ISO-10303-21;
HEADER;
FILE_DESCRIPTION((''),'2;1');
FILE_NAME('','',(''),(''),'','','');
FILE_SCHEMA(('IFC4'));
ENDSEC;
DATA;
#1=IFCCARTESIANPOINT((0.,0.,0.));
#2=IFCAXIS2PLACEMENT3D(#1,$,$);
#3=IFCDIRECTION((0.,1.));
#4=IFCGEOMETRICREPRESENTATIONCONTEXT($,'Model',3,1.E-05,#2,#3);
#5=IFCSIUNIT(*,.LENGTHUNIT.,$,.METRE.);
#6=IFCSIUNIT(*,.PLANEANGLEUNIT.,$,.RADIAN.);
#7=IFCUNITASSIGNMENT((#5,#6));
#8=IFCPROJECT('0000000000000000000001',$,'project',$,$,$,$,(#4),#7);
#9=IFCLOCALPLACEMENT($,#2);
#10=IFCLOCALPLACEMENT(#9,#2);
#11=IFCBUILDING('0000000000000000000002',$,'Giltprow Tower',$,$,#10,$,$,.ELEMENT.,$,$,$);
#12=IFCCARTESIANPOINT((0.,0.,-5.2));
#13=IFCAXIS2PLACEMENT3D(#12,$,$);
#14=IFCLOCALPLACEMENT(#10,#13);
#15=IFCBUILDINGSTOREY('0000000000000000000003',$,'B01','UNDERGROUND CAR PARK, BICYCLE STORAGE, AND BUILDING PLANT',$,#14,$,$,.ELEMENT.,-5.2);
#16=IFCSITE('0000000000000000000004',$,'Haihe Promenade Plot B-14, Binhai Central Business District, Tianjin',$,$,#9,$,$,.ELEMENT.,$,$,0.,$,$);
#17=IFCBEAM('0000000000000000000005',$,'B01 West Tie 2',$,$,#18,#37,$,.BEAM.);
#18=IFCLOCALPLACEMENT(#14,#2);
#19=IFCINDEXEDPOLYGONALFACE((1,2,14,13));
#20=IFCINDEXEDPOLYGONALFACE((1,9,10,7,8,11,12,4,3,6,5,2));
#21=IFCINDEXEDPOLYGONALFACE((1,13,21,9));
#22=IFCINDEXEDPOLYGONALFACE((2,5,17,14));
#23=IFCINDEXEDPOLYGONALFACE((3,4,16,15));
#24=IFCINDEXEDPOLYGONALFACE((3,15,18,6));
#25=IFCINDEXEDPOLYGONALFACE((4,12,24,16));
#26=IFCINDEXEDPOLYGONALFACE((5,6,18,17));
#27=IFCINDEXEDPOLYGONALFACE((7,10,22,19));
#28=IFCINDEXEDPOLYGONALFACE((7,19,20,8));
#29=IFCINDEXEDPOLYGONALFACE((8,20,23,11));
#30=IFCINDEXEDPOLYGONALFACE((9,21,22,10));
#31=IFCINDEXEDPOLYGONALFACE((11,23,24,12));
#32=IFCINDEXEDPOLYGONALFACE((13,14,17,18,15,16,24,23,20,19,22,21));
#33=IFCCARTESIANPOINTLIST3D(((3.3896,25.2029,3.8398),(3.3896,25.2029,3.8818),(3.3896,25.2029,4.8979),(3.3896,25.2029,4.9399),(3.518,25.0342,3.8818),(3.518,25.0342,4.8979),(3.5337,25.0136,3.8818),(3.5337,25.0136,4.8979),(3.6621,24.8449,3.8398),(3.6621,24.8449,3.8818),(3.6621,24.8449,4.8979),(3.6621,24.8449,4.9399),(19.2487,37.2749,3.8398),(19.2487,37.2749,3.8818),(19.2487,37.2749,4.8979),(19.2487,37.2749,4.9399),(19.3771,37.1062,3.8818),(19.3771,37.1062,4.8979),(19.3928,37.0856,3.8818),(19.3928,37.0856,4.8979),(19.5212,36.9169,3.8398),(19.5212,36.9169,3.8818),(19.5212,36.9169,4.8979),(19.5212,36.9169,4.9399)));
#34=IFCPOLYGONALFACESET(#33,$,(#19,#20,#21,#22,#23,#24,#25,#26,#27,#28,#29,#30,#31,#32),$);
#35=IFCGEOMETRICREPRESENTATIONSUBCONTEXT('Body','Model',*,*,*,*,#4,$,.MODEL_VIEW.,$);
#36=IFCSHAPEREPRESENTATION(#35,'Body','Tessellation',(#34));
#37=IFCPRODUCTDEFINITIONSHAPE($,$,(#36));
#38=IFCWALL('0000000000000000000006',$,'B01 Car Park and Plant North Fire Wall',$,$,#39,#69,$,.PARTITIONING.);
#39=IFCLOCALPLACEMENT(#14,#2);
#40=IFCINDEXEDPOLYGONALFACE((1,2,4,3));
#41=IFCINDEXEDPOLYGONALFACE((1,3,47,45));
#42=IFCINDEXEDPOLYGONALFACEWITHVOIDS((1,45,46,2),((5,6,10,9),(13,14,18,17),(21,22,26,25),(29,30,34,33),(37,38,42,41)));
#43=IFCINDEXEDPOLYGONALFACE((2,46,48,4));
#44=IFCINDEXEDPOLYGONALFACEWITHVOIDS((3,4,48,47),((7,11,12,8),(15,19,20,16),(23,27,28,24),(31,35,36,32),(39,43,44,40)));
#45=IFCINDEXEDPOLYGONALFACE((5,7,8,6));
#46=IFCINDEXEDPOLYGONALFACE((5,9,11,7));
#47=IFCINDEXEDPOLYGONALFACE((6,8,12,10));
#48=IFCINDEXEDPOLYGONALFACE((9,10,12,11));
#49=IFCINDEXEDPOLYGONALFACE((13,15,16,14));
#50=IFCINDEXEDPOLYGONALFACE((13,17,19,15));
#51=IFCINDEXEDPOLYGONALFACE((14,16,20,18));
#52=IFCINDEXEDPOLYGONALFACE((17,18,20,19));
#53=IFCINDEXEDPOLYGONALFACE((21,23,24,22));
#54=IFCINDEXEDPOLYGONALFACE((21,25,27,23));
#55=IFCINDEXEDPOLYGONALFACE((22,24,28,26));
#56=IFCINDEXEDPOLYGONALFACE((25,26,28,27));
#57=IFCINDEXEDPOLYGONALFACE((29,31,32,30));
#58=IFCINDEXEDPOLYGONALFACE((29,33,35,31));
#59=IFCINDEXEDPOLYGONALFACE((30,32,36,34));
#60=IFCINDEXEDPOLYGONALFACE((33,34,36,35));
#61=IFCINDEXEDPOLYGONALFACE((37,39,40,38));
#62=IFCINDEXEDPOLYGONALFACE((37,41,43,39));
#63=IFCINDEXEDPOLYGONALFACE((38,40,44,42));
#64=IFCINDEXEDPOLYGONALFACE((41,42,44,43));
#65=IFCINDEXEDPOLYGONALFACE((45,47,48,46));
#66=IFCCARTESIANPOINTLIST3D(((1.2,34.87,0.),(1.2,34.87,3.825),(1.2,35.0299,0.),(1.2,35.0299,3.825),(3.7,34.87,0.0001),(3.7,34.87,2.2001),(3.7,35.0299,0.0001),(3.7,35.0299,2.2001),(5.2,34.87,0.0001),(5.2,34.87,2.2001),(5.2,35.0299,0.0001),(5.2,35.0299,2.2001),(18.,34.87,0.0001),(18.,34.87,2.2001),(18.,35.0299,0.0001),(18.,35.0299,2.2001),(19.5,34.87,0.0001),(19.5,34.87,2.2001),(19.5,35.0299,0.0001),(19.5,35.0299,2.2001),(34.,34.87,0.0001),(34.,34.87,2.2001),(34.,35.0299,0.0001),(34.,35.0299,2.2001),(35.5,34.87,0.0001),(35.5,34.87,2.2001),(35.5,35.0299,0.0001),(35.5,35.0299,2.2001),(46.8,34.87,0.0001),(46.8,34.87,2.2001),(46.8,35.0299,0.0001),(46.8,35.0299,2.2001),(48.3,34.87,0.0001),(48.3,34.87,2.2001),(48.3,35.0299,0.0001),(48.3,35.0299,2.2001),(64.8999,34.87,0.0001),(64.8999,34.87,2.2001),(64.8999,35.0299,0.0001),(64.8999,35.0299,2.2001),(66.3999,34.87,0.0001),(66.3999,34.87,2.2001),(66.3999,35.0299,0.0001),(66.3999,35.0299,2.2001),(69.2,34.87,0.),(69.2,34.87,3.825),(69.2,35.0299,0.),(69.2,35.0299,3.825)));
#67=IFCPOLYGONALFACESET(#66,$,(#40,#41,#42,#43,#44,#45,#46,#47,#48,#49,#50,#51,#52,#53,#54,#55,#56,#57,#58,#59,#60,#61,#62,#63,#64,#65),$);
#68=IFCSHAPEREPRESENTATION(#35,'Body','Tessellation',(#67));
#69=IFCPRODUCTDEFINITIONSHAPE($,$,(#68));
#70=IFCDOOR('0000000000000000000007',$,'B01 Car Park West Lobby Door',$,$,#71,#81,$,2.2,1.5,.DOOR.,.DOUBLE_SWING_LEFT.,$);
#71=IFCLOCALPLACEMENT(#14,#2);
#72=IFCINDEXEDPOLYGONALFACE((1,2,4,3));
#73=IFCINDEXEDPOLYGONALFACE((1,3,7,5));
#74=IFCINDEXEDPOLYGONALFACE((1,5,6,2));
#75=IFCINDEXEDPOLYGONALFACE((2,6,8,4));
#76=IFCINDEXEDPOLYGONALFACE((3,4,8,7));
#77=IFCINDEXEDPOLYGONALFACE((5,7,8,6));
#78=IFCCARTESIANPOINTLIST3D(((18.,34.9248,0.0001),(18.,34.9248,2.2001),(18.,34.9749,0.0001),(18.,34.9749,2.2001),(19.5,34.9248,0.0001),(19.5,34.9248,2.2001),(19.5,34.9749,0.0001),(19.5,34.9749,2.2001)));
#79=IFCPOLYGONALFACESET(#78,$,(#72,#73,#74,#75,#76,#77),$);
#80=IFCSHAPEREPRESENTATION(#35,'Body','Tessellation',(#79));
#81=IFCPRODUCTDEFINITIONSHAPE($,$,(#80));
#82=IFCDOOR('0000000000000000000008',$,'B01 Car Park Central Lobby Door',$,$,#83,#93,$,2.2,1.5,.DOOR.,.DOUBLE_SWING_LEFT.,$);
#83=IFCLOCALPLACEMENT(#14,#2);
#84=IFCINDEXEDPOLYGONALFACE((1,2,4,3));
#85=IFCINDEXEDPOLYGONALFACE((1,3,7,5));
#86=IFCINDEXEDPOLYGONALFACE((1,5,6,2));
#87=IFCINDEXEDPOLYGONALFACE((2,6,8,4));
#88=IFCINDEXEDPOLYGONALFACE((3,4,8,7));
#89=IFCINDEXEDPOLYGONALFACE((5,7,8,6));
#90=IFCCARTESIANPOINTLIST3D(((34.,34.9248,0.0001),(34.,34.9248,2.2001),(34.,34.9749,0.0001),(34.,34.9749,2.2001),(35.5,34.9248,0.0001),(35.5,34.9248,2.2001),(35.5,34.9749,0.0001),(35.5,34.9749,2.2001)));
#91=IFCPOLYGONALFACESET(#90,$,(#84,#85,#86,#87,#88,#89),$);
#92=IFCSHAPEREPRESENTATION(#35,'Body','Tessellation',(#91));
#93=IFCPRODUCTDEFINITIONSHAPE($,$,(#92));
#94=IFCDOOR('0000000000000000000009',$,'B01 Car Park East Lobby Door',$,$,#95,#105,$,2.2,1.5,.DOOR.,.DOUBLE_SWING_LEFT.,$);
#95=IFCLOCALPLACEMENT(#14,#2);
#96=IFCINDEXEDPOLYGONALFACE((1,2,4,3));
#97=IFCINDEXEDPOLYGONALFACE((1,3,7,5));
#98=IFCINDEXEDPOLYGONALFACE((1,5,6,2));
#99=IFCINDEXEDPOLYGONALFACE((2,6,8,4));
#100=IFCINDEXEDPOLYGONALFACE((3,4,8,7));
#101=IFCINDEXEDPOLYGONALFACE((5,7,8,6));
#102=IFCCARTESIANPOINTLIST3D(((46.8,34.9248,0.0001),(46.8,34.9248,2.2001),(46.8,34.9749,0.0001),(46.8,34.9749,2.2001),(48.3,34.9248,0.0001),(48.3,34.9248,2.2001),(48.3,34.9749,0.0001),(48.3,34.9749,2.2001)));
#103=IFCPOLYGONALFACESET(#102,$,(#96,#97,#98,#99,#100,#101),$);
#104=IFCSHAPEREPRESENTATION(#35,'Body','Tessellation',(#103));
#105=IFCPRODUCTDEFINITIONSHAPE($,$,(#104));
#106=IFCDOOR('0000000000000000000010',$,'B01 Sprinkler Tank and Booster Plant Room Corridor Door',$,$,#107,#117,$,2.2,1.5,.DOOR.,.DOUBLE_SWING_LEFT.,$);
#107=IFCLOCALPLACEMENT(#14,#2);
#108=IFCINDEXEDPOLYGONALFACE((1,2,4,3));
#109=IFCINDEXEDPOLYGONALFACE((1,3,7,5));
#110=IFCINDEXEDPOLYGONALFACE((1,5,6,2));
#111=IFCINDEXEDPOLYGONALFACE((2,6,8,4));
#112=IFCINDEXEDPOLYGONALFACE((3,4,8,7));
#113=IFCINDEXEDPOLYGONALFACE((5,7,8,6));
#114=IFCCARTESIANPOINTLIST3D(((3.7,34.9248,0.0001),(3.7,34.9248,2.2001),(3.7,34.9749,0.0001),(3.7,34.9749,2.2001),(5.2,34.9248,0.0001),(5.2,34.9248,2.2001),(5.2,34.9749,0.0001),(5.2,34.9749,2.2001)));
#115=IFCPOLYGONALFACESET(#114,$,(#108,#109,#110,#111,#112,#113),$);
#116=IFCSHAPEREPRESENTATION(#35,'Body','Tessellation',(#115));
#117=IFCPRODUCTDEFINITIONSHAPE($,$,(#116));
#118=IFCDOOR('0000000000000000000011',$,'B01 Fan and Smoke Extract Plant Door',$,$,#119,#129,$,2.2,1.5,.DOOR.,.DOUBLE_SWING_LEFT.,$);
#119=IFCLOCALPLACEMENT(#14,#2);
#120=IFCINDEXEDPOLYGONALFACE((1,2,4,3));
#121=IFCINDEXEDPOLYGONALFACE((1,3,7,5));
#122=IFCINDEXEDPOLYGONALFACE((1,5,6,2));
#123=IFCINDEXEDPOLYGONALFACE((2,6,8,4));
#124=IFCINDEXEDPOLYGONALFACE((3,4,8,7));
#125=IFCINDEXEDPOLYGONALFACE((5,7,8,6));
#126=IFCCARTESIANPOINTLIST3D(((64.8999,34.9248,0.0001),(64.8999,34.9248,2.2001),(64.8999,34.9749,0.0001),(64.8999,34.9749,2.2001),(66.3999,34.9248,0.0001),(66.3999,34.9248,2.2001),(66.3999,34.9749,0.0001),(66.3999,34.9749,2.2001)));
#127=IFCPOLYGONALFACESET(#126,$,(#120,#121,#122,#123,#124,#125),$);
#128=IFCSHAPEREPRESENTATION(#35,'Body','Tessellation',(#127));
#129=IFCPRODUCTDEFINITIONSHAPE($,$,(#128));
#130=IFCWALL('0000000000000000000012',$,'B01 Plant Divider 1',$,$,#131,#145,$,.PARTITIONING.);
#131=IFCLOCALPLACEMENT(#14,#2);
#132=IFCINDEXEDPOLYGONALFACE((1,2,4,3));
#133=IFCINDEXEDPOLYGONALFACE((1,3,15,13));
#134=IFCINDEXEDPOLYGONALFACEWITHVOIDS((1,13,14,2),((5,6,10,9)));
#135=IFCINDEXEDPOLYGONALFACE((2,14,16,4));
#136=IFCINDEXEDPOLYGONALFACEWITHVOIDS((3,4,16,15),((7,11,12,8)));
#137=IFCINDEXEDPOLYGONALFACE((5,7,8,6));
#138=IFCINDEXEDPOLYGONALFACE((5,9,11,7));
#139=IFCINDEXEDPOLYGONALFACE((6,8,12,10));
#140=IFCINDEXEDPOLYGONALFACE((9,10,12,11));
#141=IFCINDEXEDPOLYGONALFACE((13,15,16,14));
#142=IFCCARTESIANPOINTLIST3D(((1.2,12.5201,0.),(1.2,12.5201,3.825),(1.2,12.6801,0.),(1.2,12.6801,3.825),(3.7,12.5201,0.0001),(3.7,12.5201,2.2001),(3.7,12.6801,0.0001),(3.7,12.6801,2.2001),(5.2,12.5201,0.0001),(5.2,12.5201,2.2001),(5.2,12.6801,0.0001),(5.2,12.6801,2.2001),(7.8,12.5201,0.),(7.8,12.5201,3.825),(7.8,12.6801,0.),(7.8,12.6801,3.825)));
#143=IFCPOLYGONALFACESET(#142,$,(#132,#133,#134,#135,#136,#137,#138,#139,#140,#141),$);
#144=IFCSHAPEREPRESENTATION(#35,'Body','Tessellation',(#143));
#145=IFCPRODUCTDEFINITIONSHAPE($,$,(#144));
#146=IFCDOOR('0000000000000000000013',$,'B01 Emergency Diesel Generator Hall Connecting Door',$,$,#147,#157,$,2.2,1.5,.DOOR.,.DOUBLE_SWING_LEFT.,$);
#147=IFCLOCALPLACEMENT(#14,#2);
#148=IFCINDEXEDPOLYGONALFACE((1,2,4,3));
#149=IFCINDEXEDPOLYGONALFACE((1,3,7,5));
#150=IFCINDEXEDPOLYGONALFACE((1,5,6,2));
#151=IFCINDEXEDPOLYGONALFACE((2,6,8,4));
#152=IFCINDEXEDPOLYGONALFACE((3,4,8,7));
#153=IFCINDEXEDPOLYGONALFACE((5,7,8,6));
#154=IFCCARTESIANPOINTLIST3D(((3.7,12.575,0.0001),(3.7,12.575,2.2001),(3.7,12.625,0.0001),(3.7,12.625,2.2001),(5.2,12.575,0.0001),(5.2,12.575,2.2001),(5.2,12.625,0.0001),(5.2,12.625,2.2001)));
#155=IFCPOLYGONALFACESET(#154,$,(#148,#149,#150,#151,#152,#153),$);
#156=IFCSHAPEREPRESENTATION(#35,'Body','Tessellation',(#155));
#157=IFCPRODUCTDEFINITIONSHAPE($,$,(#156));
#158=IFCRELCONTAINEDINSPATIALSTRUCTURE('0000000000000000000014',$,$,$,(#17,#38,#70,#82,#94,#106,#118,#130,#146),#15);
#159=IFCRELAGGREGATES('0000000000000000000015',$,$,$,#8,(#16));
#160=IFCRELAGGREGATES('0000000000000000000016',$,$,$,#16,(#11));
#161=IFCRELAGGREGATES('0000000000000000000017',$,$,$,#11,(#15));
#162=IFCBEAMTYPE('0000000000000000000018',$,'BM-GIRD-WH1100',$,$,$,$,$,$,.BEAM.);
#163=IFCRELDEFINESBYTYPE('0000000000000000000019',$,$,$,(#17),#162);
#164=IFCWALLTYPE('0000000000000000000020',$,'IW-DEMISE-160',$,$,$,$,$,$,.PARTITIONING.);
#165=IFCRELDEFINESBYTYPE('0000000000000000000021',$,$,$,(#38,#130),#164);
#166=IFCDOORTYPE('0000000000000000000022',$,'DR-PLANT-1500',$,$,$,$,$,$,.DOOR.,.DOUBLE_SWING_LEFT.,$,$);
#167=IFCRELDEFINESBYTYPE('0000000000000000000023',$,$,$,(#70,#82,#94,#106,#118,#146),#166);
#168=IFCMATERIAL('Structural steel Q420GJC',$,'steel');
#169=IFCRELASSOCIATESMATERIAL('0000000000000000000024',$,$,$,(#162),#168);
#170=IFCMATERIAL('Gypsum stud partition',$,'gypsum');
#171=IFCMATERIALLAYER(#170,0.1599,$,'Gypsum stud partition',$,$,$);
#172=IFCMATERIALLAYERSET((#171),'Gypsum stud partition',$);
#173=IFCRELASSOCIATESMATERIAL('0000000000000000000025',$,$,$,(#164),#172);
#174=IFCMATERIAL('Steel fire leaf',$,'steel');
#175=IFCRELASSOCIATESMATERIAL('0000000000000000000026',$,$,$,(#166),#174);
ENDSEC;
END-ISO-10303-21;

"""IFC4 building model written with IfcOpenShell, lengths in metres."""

from ifc_helpers import new_model, si_unit, direction, frame, frame_2d, origin, origin_2d, place, context, subcontext, project, spatial, rectangle, i_section, extrude, source, transform, mapped, material, layer, layer_set, material_profile, profile_set, type_object, element, fill, save


model = new_model("IFC4")

# Units and contexts
model_context = context("Model", 3, precision=1e-05, world=origin(), true_north=direction((0.0, 1.0)))
body_context = subcontext(model_context, "Body", "Model", "MODEL_VIEW")
ifc_project = project(units=[si_unit("LENGTHUNIT", "METRE"), si_unit("PLANEANGLEUNIT", "RADIAN")], contexts=[model_context])

# Site, building, storey
site_placement = place(None, origin())
site = spatial("IfcSite", under=ifc_project, at=site_placement, Name="Haihe Promenade Plot B-14, Binhai Central Business District, Tianjin", CompositionType="ELEMENT", RefElevation=0.0)
building_placement = place(site_placement, origin())
building = spatial("IfcBuilding", under=site, at=building_placement, Name="Giltprow Tower", CompositionType="ELEMENT")
storey_placement = place(building_placement, frame((0.0, 0.0, -5.2)))
storey = spatial("IfcBuildingStorey", under=building, at=storey_placement, Name="B01", Description="UNDERGROUND CAR PARK, BICYCLE STORAGE, AND BUILDING PLANT", CompositionType="ELEMENT", Elevation=-5.2)

# Shared definitions
ifc_material_1 = material(Name="Structural steel Q420GJC", Category="steel")

# Beam
ifc_material_profile_1 = material_profile(ifc_material_1, i_section(OverallWidth=0.45, OverallDepth=1.1001, WebThickness=0.0259, FlangeThickness=0.042, at=origin_2d()), Name="WH 1100x450x26x42")
ifc_profile_set_1 = profile_set([ifc_material_profile_1], Name="Structural steel Q420GJC")
beam_type = type_object("IfcBeamType", Name="BM-GIRD-WH1100", PredefinedType="BEAM", material=ifc_profile_set_1)
shared_shape_1 = source(origin(), body_context, "Body", "SweptSolid", [
    extrude(i_section(OverallWidth=0.45, OverallDepth=1.1001, WebThickness=0.0259, FlangeThickness=0.042, at=origin_2d()), origin(), (0.0, 0.0, 1.0), 19.9309),
])
beam_1_placement = place(storey_placement, frame((3.5259, 25.0239, 4.3899), z_axis=(0.795701, 0.60569, 0.0), x_axis=(-0.60569, 0.795701, 0.0)))
element("IfcBeam", 1, at=beam_1_placement, inside=storey, type_object=beam_type, Name="B01 West Tie 2", PredefinedType="BEAM", context=body_context, shape_type="MappedRepresentation", body=[
    mapped(shared_shape_1, transform((0.0, 0.0, 0.0), x_axis=(1.0, 0.0, 0.0), y_axis=(0.0, 1.0, 0.0), z_axis=(0.0, 0.0, 1.0), scale=1.0)),
])

# Wall, openings, doors
ifc_material_2 = material(Name="Gypsum stud partition", Category="gypsum")
ifc_layer = layer(ifc_material_2, 0.1599, Name="Gypsum stud partition")
ifc_layer_set = layer_set([ifc_layer], Name="Gypsum stud partition")
wall_type = type_object("IfcWallType", Name="IW-DEMISE-160", PredefinedType="PARTITIONING", material=ifc_layer_set)
wall_1_placement = place(storey_placement, frame((1.2, 34.95, 0.0), z_axis=(0.0, 0.0, 1.0), x_axis=(1.0, 0.0, 0.0)))
wall_1 = element("IfcWall", 2, at=wall_1_placement, inside=storey, type_object=wall_type, Name="B01 Car Park and Plant North Fire Wall", PredefinedType="PARTITIONING", context=body_context, shape_type="SweptSolid", body=[
    extrude(rectangle(XDim=68.0, YDim=0.1599, at=frame_2d((34.0, 0.0))), origin(), (0.0, 0.0, 1.0), 3.825),
])
opening_1_placement = place(wall_1_placement, frame((16.8, 0.0, 0.0)))
opening_1 = element("IfcOpeningElement", 3, at=opening_1_placement, cuts=wall_1, PredefinedType="OPENING", context=body_context, shape_type="SweptSolid", body=[
    extrude(rectangle(XDim=1.5, YDim=2.2, at=frame_2d((0.75, 1.1001))), frame((0.0, 0.0898, 0.0), z_axis=(0.0, -1.0, 0.0), x_axis=(1.0, 0.0, 0.0)), (0.0, 0.0, 1.0), 0.1799),
])
opening_2_placement = place(wall_1_placement, frame((32.8, 0.0, 0.0)))
opening_2 = element("IfcOpeningElement", 4, at=opening_2_placement, cuts=wall_1, PredefinedType="OPENING", context=body_context, shape_type="SweptSolid", body=[
    extrude(rectangle(XDim=1.5, YDim=2.2, at=frame_2d((0.75, 1.1001))), frame((0.0, 0.0898, 0.0), z_axis=(0.0, -1.0, 0.0), x_axis=(1.0, 0.0, 0.0)), (0.0, 0.0, 1.0), 0.1799),
])
opening_3_placement = place(wall_1_placement, frame((45.6001, 0.0, 0.0)))
opening_3 = element("IfcOpeningElement", 5, at=opening_3_placement, cuts=wall_1, PredefinedType="OPENING", context=body_context, shape_type="SweptSolid", body=[
    extrude(rectangle(XDim=1.5, YDim=2.2, at=frame_2d((0.75, 1.1001))), frame((0.0, 0.0898, 0.0), z_axis=(0.0, -1.0, 0.0), x_axis=(1.0, 0.0, 0.0)), (0.0, 0.0, 1.0), 0.1799),
])
opening_4_placement = place(wall_1_placement, frame((2.5, 0.0, 0.0)))
opening_4 = element("IfcOpeningElement", 6, at=opening_4_placement, cuts=wall_1, PredefinedType="OPENING", context=body_context, shape_type="SweptSolid", body=[
    extrude(rectangle(XDim=1.5, YDim=2.2, at=frame_2d((0.75, 1.1001))), frame((0.0, 0.0898, 0.0), z_axis=(0.0, -1.0, 0.0), x_axis=(1.0, 0.0, 0.0)), (0.0, 0.0, 1.0), 0.1799),
])
opening_5_placement = place(wall_1_placement, frame((63.7, 0.0, 0.0)))
opening_5 = element("IfcOpeningElement", 7, at=opening_5_placement, cuts=wall_1, PredefinedType="OPENING", context=body_context, shape_type="SweptSolid", body=[
    extrude(rectangle(XDim=1.5, YDim=2.2, at=frame_2d((0.75, 1.1001))), frame((0.0, 0.0898, 0.0), z_axis=(0.0, -1.0, 0.0), x_axis=(1.0, 0.0, 0.0)), (0.0, 0.0, 1.0), 0.1799),
])
ifc_material_3 = material(Name="Steel fire leaf", Category="steel")
door_type = type_object("IfcDoorType", Name="DR-PLANT-1500", OperationType="DOUBLE_SWING_LEFT", PredefinedType="DOOR", material=ifc_material_3)
shared_shape_2 = source(origin(), body_context, "Body", "SweptSolid", [
    extrude(rectangle(XDim=1.5, YDim=2.2, at=frame_2d((0.75, 1.1001))), frame((0.0, 0.0249, 0.0), z_axis=(0.0, -1.0, 0.0), x_axis=(1.0, 0.0, 0.0)), (0.0, 0.0, 1.0), 0.05),
])
door_1_placement = place(opening_1_placement, origin())
door_1 = element("IfcDoor", 8, at=door_1_placement, inside=storey, type_object=door_type, Name="B01 Car Park West Lobby Door", OperationType="DOUBLE_SWING_LEFT", OverallHeight=2.2, OverallWidth=1.5, PredefinedType="DOOR", context=body_context, shape_type="MappedRepresentation", body=[
    mapped(shared_shape_2, transform((0.0, 0.0, 0.0), x_axis=(1.0, 0.0, 0.0), y_axis=(0.0, 1.0, 0.0), z_axis=(0.0, 0.0, 1.0), scale=1.0)),
])
fill(opening_1, door_1)
door_2_placement = place(opening_2_placement, origin())
door_2 = element("IfcDoor", 9, at=door_2_placement, inside=storey, type_object=door_type, Name="B01 Car Park Central Lobby Door", OperationType="DOUBLE_SWING_LEFT", OverallHeight=2.2, OverallWidth=1.5, PredefinedType="DOOR", context=body_context, shape_type="MappedRepresentation", body=[
    mapped(shared_shape_2, transform((0.0, 0.0, 0.0), x_axis=(1.0, 0.0, 0.0), y_axis=(0.0, 1.0, 0.0), z_axis=(0.0, 0.0, 1.0), scale=1.0)),
])
fill(opening_2, door_2)
door_3_placement = place(opening_3_placement, origin())
door_3 = element("IfcDoor", 10, at=door_3_placement, inside=storey, type_object=door_type, Name="B01 Car Park East Lobby Door", OperationType="DOUBLE_SWING_LEFT", OverallHeight=2.2, OverallWidth=1.5, PredefinedType="DOOR", context=body_context, shape_type="MappedRepresentation", body=[
    mapped(shared_shape_2, transform((0.0, 0.0, 0.0), x_axis=(1.0, 0.0, 0.0), y_axis=(0.0, 1.0, 0.0), z_axis=(0.0, 0.0, 1.0), scale=1.0)),
])
fill(opening_3, door_3)
door_4_placement = place(opening_4_placement, origin())
door_4 = element("IfcDoor", 11, at=door_4_placement, inside=storey, type_object=door_type, Name="B01 Sprinkler Tank and Booster Plant Room Corridor Door", OperationType="DOUBLE_SWING_LEFT", OverallHeight=2.2, OverallWidth=1.5, PredefinedType="DOOR", context=body_context, shape_type="MappedRepresentation", body=[
    mapped(shared_shape_2, transform((0.0, 0.0, 0.0), x_axis=(1.0, 0.0, 0.0), y_axis=(0.0, 1.0, 0.0), z_axis=(0.0, 0.0, 1.0), scale=1.0)),
])
fill(opening_4, door_4)
door_5_placement = place(opening_5_placement, origin())
door_5 = element("IfcDoor", 12, at=door_5_placement, inside=storey, type_object=door_type, Name="B01 Fan and Smoke Extract Plant Door", OperationType="DOUBLE_SWING_LEFT", OverallHeight=2.2, OverallWidth=1.5, PredefinedType="DOOR", context=body_context, shape_type="MappedRepresentation", body=[
    mapped(shared_shape_2, transform((0.0, 0.0, 0.0), x_axis=(1.0, 0.0, 0.0), y_axis=(0.0, 1.0, 0.0), z_axis=(0.0, 0.0, 1.0), scale=1.0)),
])
fill(opening_5, door_5)

# Wall, opening, door
wall_2_placement = place(storey_placement, frame((1.2, 12.6001, 0.0), z_axis=(0.0, 0.0, 1.0), x_axis=(1.0, 0.0, 0.0)))
wall_2 = element("IfcWall", 13, at=wall_2_placement, inside=storey, type_object=wall_type, Name="B01 Plant Divider 1", PredefinedType="PARTITIONING", context=body_context, shape_type="SweptSolid", body=[
    extrude(rectangle(XDim=6.6001, YDim=0.1599, at=frame_2d((3.3, 0.0))), origin(), (0.0, 0.0, 1.0), 3.825),
])
opening_6_placement = place(wall_2_placement, frame((2.5, 0.0, 0.0)))
opening_6 = element("IfcOpeningElement", 14, at=opening_6_placement, cuts=wall_2, PredefinedType="OPENING", context=body_context, shape_type="SweptSolid", body=[
    extrude(rectangle(XDim=1.5, YDim=2.2, at=frame_2d((0.75, 1.1001))), frame((0.0, 0.0898, 0.0), z_axis=(0.0, -1.0, 0.0), x_axis=(1.0, 0.0, 0.0)), (0.0, 0.0, 1.0), 0.1799),
])
door_6_placement = place(opening_6_placement, origin())
door_6 = element("IfcDoor", 15, at=door_6_placement, inside=storey, type_object=door_type, Name="B01 Emergency Diesel Generator Hall Connecting Door", OperationType="DOUBLE_SWING_LEFT", OverallHeight=2.2, OverallWidth=1.5, PredefinedType="DOOR", context=body_context, shape_type="MappedRepresentation", body=[
    mapped(shared_shape_2, transform((0.0, 0.0, 0.0), x_axis=(1.0, 0.0, 0.0), y_axis=(0.0, 1.0, 0.0), z_axis=(0.0, 0.0, 1.0), scale=1.0)),
])
fill(opening_6, door_6)

save(model, "model.ifc")
